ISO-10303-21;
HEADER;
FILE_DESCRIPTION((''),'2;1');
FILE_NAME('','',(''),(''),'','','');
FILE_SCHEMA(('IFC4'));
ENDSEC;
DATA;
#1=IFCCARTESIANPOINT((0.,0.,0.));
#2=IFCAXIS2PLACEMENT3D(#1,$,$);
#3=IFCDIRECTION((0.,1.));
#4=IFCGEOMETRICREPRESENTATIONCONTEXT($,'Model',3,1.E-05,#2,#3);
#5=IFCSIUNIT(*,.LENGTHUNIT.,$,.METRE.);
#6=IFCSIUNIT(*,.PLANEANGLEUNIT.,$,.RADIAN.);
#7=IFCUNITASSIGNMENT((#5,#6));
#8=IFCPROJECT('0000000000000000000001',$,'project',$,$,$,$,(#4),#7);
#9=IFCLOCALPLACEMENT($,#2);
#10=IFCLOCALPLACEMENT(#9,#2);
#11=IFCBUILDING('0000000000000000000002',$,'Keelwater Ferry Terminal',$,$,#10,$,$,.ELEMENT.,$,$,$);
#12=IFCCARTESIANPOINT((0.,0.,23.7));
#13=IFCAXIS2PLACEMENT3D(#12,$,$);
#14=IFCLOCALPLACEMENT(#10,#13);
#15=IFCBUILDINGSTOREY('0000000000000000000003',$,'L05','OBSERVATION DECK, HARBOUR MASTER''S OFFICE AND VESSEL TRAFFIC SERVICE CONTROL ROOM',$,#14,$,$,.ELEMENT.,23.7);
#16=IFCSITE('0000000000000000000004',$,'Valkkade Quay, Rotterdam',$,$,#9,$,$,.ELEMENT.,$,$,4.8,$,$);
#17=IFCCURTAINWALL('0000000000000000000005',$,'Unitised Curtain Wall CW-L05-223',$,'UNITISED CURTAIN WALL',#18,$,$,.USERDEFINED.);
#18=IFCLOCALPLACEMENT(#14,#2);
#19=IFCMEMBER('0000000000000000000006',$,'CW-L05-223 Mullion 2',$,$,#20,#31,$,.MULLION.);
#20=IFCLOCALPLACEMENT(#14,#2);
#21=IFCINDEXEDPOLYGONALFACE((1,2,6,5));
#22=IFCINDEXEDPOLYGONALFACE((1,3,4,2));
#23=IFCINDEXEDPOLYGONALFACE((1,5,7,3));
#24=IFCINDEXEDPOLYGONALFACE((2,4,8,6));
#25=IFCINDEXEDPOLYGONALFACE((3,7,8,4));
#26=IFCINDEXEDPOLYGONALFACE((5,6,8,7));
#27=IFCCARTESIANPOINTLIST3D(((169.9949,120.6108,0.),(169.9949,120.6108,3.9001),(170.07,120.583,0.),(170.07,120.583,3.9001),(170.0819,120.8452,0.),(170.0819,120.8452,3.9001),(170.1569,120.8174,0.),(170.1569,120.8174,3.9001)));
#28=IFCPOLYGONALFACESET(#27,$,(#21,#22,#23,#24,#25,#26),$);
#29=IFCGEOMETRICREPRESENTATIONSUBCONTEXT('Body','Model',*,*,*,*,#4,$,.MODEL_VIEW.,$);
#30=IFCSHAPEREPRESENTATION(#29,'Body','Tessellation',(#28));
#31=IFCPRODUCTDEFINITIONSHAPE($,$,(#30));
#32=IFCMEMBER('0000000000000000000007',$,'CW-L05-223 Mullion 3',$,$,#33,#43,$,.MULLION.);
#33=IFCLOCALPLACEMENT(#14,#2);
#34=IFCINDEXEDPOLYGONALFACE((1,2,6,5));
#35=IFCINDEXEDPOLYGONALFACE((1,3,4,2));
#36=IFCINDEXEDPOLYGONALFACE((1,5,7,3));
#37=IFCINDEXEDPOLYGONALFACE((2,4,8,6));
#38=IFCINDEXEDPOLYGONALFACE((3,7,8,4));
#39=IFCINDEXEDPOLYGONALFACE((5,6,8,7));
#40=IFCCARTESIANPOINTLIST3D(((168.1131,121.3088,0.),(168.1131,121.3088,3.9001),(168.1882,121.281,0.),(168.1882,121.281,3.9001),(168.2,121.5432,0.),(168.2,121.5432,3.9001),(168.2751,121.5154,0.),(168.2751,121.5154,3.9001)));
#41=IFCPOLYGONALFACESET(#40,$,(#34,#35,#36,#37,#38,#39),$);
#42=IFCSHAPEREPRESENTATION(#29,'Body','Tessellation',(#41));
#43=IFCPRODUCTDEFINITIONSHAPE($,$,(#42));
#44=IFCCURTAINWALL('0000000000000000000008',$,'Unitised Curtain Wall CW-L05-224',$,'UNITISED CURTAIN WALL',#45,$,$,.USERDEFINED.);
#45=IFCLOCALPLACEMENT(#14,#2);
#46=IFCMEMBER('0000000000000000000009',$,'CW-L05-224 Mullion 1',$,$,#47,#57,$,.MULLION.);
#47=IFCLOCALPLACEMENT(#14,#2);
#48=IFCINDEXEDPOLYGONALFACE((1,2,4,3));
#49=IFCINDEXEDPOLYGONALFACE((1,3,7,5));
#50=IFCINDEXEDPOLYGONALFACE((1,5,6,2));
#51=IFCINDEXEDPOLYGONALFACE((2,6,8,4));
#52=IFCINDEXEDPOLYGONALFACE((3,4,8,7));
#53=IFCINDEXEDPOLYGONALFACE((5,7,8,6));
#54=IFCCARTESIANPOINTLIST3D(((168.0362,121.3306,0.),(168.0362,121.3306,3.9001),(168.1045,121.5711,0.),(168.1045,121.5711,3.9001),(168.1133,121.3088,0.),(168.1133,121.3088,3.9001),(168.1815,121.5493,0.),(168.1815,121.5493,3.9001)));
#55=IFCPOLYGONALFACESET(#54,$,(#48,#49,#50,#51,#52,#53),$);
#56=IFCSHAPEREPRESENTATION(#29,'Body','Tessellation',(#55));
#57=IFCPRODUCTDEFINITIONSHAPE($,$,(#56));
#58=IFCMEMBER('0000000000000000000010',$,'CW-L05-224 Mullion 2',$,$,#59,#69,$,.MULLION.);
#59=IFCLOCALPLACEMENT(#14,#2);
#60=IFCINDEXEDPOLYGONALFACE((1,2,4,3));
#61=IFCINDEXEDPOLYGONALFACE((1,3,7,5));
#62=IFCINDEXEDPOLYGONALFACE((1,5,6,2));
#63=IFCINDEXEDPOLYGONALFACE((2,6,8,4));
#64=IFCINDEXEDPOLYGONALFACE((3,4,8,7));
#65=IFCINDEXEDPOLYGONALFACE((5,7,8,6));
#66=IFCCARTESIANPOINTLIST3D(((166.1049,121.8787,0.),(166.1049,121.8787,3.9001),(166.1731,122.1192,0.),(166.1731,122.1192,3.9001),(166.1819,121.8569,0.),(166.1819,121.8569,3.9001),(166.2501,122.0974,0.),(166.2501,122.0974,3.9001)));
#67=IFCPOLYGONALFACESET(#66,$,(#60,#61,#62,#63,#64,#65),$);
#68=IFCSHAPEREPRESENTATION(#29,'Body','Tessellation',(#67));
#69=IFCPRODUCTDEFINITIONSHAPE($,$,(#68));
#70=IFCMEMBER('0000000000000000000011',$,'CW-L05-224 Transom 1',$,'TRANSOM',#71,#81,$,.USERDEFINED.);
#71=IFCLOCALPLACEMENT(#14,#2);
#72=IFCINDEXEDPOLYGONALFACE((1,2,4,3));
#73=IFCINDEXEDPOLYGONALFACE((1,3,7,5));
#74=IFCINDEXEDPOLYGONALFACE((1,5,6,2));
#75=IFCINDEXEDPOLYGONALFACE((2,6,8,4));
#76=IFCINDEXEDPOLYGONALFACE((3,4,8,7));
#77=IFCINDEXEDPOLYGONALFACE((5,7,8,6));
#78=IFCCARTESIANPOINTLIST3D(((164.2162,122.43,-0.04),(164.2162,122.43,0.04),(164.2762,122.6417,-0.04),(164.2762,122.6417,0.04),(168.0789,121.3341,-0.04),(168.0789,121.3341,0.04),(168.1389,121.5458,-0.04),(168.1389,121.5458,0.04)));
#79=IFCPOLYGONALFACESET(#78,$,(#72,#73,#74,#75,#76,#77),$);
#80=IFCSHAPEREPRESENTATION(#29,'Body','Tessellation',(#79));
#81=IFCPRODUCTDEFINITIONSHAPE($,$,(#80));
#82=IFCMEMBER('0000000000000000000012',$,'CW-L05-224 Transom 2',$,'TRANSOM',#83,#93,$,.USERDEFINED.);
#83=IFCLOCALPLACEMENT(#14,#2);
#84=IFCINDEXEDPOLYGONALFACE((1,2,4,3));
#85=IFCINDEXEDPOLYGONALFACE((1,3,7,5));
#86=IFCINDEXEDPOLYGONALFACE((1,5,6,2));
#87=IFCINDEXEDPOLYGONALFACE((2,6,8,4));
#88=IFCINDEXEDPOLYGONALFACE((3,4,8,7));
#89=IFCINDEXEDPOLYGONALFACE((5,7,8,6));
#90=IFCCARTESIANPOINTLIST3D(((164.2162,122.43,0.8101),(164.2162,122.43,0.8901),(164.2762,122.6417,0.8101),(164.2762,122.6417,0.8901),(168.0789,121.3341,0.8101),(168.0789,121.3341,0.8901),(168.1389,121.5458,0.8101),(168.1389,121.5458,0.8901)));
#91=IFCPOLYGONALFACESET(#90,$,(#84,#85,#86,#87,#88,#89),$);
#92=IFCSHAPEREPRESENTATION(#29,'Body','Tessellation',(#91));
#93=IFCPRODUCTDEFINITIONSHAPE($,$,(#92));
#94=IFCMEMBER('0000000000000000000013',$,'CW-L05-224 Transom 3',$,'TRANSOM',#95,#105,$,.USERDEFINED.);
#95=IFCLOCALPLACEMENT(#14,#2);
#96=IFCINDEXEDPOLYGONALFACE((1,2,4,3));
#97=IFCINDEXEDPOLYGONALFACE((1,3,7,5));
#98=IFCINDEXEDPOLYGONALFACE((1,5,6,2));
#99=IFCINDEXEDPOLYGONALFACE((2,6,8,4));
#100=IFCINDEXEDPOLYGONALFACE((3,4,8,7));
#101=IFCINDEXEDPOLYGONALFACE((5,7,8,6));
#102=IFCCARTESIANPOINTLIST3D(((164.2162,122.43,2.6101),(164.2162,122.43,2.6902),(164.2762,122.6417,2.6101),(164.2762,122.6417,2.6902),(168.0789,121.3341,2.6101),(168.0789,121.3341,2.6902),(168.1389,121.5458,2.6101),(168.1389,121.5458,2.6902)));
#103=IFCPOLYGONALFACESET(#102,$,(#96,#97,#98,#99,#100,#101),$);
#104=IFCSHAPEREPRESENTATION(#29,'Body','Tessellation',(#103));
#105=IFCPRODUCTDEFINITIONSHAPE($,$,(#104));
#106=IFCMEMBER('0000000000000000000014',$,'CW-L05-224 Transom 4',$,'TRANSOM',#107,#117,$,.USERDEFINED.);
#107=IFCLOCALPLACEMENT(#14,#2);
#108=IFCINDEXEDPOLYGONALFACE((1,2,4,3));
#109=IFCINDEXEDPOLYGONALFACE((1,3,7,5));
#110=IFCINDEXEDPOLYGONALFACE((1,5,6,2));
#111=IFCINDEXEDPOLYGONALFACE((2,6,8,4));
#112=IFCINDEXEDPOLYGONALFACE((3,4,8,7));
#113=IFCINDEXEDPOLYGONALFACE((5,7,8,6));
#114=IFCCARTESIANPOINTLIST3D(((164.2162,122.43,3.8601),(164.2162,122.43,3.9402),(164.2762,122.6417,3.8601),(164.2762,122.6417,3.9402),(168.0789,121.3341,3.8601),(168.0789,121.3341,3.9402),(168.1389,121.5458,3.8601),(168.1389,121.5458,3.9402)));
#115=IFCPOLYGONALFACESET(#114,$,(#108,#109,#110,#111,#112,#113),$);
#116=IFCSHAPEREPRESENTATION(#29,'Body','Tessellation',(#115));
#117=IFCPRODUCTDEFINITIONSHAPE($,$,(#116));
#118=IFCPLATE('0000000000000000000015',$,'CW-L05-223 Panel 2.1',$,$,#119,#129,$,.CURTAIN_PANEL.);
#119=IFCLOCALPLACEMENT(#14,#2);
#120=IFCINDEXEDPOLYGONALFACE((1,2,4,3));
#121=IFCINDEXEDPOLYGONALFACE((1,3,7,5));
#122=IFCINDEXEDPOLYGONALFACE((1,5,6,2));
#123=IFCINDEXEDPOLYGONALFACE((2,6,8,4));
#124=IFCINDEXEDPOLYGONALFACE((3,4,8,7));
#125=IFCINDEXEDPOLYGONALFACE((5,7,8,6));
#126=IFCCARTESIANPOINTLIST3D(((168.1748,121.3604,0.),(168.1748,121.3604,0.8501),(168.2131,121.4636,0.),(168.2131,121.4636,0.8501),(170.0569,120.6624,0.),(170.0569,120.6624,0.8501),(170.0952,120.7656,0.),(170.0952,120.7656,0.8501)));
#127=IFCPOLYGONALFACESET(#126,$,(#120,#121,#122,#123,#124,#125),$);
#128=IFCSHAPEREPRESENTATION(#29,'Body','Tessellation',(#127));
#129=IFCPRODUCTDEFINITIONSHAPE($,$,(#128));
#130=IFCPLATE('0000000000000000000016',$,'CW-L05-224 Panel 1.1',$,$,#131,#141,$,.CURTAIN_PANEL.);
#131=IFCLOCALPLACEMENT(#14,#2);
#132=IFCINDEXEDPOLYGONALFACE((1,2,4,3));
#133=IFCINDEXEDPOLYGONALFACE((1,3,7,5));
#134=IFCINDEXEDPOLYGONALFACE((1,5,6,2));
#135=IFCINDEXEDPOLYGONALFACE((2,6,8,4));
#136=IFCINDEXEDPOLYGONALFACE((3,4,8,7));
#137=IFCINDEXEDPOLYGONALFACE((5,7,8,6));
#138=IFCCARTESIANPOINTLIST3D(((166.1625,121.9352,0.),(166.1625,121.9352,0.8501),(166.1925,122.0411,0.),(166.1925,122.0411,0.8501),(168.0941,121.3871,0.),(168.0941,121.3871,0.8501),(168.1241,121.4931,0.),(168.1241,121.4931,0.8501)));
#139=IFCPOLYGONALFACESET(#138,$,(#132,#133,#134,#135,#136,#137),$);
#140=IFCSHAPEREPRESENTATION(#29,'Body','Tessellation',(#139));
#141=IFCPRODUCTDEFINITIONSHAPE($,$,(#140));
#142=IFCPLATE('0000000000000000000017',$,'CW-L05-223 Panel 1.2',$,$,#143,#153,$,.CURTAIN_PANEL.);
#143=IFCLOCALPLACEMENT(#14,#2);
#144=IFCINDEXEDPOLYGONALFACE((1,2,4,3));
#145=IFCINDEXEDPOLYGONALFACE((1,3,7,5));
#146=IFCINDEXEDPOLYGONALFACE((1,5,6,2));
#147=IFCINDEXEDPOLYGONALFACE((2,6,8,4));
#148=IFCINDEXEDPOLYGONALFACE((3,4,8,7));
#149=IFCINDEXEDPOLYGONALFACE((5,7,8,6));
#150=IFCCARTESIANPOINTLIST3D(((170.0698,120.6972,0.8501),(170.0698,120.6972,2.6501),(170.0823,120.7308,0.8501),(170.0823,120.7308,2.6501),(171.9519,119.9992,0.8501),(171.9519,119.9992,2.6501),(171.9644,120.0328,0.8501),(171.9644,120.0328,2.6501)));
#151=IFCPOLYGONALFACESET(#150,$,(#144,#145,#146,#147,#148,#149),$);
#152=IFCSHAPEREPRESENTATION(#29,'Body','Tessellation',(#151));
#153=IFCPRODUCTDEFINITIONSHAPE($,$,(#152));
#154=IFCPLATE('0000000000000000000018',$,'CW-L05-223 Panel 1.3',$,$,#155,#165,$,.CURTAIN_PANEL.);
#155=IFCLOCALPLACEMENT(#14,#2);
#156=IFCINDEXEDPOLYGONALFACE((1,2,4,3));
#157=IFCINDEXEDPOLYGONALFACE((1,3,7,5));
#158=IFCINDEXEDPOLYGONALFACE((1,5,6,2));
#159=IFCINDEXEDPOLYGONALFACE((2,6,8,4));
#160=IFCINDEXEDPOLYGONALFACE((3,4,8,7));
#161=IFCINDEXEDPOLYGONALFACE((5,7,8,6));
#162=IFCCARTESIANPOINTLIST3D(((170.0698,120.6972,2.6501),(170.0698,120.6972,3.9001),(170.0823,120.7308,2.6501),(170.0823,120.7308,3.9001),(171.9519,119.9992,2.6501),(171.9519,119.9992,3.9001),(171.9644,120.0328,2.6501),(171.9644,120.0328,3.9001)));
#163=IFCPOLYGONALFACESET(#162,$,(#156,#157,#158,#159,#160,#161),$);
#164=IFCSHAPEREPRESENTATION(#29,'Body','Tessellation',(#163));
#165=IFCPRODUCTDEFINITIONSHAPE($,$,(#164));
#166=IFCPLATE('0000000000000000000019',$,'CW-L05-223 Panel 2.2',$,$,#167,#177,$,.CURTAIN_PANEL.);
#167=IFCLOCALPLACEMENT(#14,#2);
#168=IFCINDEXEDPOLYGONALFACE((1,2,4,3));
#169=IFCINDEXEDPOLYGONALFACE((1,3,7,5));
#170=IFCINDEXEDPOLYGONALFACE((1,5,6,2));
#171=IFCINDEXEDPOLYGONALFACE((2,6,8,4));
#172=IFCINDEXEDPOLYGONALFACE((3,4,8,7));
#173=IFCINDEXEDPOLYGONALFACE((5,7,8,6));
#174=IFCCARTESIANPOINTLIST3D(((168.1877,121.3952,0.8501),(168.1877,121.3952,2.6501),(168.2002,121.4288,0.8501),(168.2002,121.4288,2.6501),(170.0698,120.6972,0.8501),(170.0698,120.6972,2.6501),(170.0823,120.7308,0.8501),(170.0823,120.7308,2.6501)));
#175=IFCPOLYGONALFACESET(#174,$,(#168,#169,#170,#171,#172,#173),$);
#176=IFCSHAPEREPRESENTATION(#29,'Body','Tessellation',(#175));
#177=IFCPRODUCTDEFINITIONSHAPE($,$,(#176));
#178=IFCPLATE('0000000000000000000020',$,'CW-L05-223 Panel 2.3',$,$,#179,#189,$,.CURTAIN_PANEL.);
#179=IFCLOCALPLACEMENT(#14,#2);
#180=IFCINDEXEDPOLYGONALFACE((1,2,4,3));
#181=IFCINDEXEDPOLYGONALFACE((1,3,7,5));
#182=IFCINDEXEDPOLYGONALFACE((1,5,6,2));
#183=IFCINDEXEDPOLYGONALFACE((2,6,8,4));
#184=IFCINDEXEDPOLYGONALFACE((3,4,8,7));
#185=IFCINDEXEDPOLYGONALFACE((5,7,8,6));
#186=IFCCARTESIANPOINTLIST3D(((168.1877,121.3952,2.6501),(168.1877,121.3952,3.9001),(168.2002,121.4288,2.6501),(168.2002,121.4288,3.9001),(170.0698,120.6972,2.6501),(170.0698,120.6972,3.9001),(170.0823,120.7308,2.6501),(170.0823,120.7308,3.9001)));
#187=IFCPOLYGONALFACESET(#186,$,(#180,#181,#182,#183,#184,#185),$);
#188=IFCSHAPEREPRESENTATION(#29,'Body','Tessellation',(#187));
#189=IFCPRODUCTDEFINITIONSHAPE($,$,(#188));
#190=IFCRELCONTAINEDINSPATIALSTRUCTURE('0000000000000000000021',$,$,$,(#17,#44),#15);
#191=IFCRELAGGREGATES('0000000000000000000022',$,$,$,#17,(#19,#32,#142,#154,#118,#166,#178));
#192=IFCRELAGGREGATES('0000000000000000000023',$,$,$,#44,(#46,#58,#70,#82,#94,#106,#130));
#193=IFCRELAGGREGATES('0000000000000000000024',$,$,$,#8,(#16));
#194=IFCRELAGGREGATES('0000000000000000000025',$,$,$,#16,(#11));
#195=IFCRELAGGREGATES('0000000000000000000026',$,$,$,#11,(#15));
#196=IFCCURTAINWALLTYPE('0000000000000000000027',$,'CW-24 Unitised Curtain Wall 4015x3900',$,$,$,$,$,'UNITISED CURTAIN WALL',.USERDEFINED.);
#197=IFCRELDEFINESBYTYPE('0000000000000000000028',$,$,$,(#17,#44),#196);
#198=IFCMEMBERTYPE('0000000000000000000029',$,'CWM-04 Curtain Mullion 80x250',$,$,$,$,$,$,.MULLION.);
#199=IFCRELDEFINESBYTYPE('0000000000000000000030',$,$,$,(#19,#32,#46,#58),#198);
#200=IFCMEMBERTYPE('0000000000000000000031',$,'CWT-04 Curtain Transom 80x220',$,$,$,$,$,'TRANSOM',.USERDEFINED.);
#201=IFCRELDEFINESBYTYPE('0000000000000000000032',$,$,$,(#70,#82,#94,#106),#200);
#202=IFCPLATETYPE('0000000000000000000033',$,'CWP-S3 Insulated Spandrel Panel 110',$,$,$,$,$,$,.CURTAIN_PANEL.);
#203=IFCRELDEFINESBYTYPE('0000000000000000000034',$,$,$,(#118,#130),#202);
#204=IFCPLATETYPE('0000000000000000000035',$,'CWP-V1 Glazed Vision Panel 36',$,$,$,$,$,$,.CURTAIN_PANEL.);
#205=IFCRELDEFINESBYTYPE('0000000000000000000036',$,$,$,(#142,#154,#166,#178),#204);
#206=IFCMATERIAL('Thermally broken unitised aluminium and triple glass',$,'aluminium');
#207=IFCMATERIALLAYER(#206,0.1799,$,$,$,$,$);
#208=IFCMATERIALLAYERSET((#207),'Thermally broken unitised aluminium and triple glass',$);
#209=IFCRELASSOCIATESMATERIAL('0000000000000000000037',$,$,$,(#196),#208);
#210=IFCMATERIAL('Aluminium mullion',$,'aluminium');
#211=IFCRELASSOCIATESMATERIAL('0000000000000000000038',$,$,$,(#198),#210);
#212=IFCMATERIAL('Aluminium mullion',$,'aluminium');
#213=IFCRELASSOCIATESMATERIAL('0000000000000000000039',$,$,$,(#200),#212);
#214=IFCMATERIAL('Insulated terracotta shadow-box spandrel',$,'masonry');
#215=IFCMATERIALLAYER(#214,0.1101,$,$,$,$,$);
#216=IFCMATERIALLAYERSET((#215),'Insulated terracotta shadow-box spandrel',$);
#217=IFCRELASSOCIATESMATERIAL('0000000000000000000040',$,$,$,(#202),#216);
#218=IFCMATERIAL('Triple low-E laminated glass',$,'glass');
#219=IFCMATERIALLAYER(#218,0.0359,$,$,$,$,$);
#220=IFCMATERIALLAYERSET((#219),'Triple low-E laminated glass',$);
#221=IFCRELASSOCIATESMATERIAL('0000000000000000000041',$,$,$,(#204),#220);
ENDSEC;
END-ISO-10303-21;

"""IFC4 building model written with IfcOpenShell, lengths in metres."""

from ifc_helpers import new_model, si_unit, direction, frame, origin, origin_2d, place, context, subcontext, project, spatial, rectangle, extrude, material, layer, layer_set, material_profile, profile_set, type_object, element, aggregate, save


model = new_model("IFC4")

# Units and contexts
model_context = context("Model", 3, precision=1e-05, world=origin(), true_north=direction((0.0, 1.0)))
body_context = subcontext(model_context, "Body", "Model", "MODEL_VIEW")
ifc_project = project(units=[si_unit("LENGTHUNIT", "METRE"), si_unit("PLANEANGLEUNIT", "RADIAN")], contexts=[model_context])

# Site, building, storey
site_placement = place(None, origin())
site = spatial("IfcSite", under=ifc_project, at=site_placement, Name="Valkkade Quay, Rotterdam", CompositionType="ELEMENT", RefElevation=4.8)
building_placement = place(site_placement, origin())
building = spatial("IfcBuilding", under=site, at=building_placement, Name="Keelwater Ferry Terminal", CompositionType="ELEMENT")
storey_placement = place(building_placement, frame((0.0, 0.0, 23.7)))
storey = spatial("IfcBuildingStorey", under=building, at=storey_placement, Name="L05", Description="OBSERVATION DECK, HARBOUR MASTER'S OFFICE AND VESSEL TRAFFIC SERVICE CONTROL ROOM", CompositionType="ELEMENT", Elevation=23.7)

# Curtain walls, members
ifc_material_1 = material(Name="Thermally broken unitised aluminium and triple glass", Category="aluminium")
ifc_layer_1 = layer(ifc_material_1, 0.1799)
ifc_layer_set_1 = layer_set([ifc_layer_1], Name="Thermally broken unitised aluminium and triple glass")
curtain_wall_type = type_object("IfcCurtainWallType", Name="CW-24 Unitised Curtain Wall 4015x3900", ElementType="UNITISED CURTAIN WALL", PredefinedType="USERDEFINED", material=ifc_layer_set_1)
curtain_wall_1_placement = place(storey_placement, origin())
curtain_wall_1 = element("IfcCurtainWall", 1, at=curtain_wall_1_placement, inside=storey, type_object=curtain_wall_type, Name="Unitised Curtain Wall CW-L05-223", ObjectType="UNITISED CURTAIN WALL", PredefinedType="USERDEFINED")
ifc_material_2 = material(Name="Aluminium mullion", Category="aluminium")
ifc_material_profile_1 = material_profile(ifc_material_2, rectangle(XDim=0.0801, YDim=0.25, at=origin_2d()), Name="CWM-04")
ifc_profile_set_1 = profile_set([ifc_material_profile_1], Name="Aluminium mullion")
member_type_1 = type_object("IfcMemberType", Name="CWM-04 Curtain Mullion 80x250", PredefinedType="MULLION", material=ifc_profile_set_1)
member_1_placement = place(storey_placement, frame((170.0759, 120.7141, 0.0), z_axis=(0.0, 0.0, 1.0), x_axis=(-0.937592, 0.347736, 0.0)))
member_1 = element("IfcMember", 2, at=member_1_placement, type_object=member_type_1, Name="CW-L05-223 Mullion 2", PredefinedType="MULLION", context=body_context, shape_type="SweptSolid", body=[
    extrude(rectangle(XDim=0.0801, YDim=0.25, at=origin_2d()), origin(), (0.0, 0.0, 1.0), 3.9001),
])
member_2_placement = place(storey_placement, frame((168.1941, 121.4121, 0.0), z_axis=(0.0, 0.0, 1.0), x_axis=(-0.937592, 0.347736, 0.0)))
member_2 = element("IfcMember", 3, at=member_2_placement, type_object=member_type_1, Name="CW-L05-223 Mullion 3", PredefinedType="MULLION", context=body_context, shape_type="SweptSolid", body=[
    extrude(rectangle(XDim=0.0801, YDim=0.25, at=origin_2d()), origin(), (0.0, 0.0, 1.0), 3.9001),
])
curtain_wall_2_placement = place(storey_placement, origin())
curtain_wall_2 = element("IfcCurtainWall", 4, at=curtain_wall_2_placement, inside=storey, type_object=curtain_wall_type, Name="Unitised Curtain Wall CW-L05-224", ObjectType="UNITISED CURTAIN WALL", PredefinedType="USERDEFINED")
member_3_placement = place(storey_placement, frame((168.1089, 121.4399, 0.0), z_axis=(0.0, 0.0, 1.0), x_axis=(-0.96203, 0.272945, 0.0)))
member_3 = element("IfcMember", 5, at=member_3_placement, type_object=member_type_1, Name="CW-L05-224 Mullion 1", PredefinedType="MULLION", context=body_context, shape_type="SweptSolid", body=[
    extrude(rectangle(XDim=0.0801, YDim=0.25, at=origin_2d()), origin(), (0.0, 0.0, 1.0), 3.9001),
])
member_4_placement = place(storey_placement, frame((166.1775, 121.988, 0.0), z_axis=(0.0, 0.0, 1.0), x_axis=(-0.96203, 0.272945, 0.0)))
member_4 = element("IfcMember", 6, at=member_4_placement, type_object=member_type_1, Name="CW-L05-224 Mullion 2", PredefinedType="MULLION", context=body_context, shape_type="SweptSolid", body=[
    extrude(rectangle(XDim=0.0801, YDim=0.25, at=origin_2d()), origin(), (0.0, 0.0, 1.0), 3.9001),
])
ifc_material_3 = material(Name="Aluminium mullion", Category="aluminium")
ifc_material_profile_2 = material_profile(ifc_material_3, rectangle(XDim=0.22, YDim=0.0801, at=origin_2d()), Name="CWT-04")
ifc_profile_set_2 = profile_set([ifc_material_profile_2], Name="Aluminium mullion")
member_type_2 = type_object("IfcMemberType", Name="CWT-04 Curtain Transom 80x220", ElementType="TRANSOM", PredefinedType="USERDEFINED", material=ifc_profile_set_2)
member_5_placement = place(storey_placement, frame((168.1089, 121.4399, 0.0), z_axis=(-0.962029, 0.272946, 0.0), x_axis=(-0.272946, -0.962029, 0.0)))
member_5 = element("IfcMember", 7, at=member_5_placement, type_object=member_type_2, Name="CW-L05-224 Transom 1", ObjectType="TRANSOM", PredefinedType="USERDEFINED", context=body_context, shape_type="SweptSolid", body=[
    extrude(rectangle(XDim=0.22, YDim=0.0801, at=origin_2d()), origin(), (0.0, 0.0, 1.0), 4.0151),
])
member_6_placement = place(storey_placement, frame((168.1089, 121.4399, 0.8501), z_axis=(-0.962029, 0.272946, 0.0), x_axis=(-0.272946, -0.962029, 0.0)))
member_6 = element("IfcMember", 8, at=member_6_placement, type_object=member_type_2, Name="CW-L05-224 Transom 2", ObjectType="TRANSOM", PredefinedType="USERDEFINED", context=body_context, shape_type="SweptSolid", body=[
    extrude(rectangle(XDim=0.22, YDim=0.0801, at=origin_2d()), origin(), (0.0, 0.0, 1.0), 4.0151),
])
member_7_placement = place(storey_placement, frame((168.1089, 121.4399, 2.6501), z_axis=(-0.962029, 0.272946, 0.0), x_axis=(-0.272946, -0.962029, 0.0)))
member_7 = element("IfcMember", 9, at=member_7_placement, type_object=member_type_2, Name="CW-L05-224 Transom 3", ObjectType="TRANSOM", PredefinedType="USERDEFINED", context=body_context, shape_type="SweptSolid", body=[
    extrude(rectangle(XDim=0.22, YDim=0.0801, at=origin_2d()), origin(), (0.0, 0.0, 1.0), 4.0151),
])
member_8_placement = place(storey_placement, frame((168.1089, 121.4399, 3.9001), z_axis=(-0.962029, 0.272946, 0.0), x_axis=(-0.272946, -0.962029, 0.0)))
member_8 = element("IfcMember", 10, at=member_8_placement, type_object=member_type_2, Name="CW-L05-224 Transom 4", ObjectType="TRANSOM", PredefinedType="USERDEFINED", context=body_context, shape_type="SweptSolid", body=[
    extrude(rectangle(XDim=0.22, YDim=0.0801, at=origin_2d()), origin(), (0.0, 0.0, 1.0), 4.0151),
])

# Plates
ifc_material_4 = material(Name="Insulated terracotta shadow-box spandrel", Category="masonry")
ifc_layer_2 = layer(ifc_material_4, 0.1101)
ifc_layer_set_2 = layer_set([ifc_layer_2], Name="Insulated terracotta shadow-box spandrel")
plate_type_1 = type_object("IfcPlateType", Name="CWP-S3 Insulated Spandrel Panel 110", PredefinedType="CURTAIN_PANEL", material=ifc_layer_set_2)
plate_1_placement = place(storey_placement, frame((169.135, 121.063, 0.0), z_axis=(0.0, 0.0, 1.0), x_axis=(-0.937592, 0.347736, 0.0)))
plate_1 = element("IfcPlate", 11, at=plate_1_placement, type_object=plate_type_1, Name="CW-L05-223 Panel 2.1", PredefinedType="CURTAIN_PANEL", context=body_context, shape_type="SweptSolid", body=[
    extrude(rectangle(XDim=2.0073, YDim=0.1101, at=origin_2d()), origin(), (0.0, 0.0, 1.0), 0.8501),
])
plate_2_placement = place(storey_placement, frame((167.1433, 121.7141, 0.0), z_axis=(0.0, 0.0, 1.0), x_axis=(-0.96203, 0.272945, 0.0)))
plate_2 = element("IfcPlate", 12, at=plate_2_placement, type_object=plate_type_1, Name="CW-L05-224 Panel 1.1", PredefinedType="CURTAIN_PANEL", context=body_context, shape_type="SweptSolid", body=[
    extrude(rectangle(XDim=2.0078, YDim=0.1101, at=origin_2d()), origin(), (0.0, 0.0, 1.0), 0.8501),
])
ifc_material_5 = material(Name="Triple low-E laminated glass", Category="glass")
ifc_layer_3 = layer(ifc_material_5, 0.0359)
ifc_layer_set_3 = layer_set([ifc_layer_3], Name="Triple low-E laminated glass")
plate_type_2 = type_object("IfcPlateType", Name="CWP-V1 Glazed Vision Panel 36", PredefinedType="CURTAIN_PANEL", material=ifc_layer_set_3)
plate_3_placement = place(storey_placement, frame((171.0171, 120.365, 0.8501), z_axis=(0.0, 0.0, 1.0), x_axis=(-0.937592, 0.347736, 0.0)))
plate_3 = element("IfcPlate", 13, at=plate_3_placement, type_object=plate_type_2, Name="CW-L05-223 Panel 1.2", PredefinedType="CURTAIN_PANEL", context=body_context, shape_type="SweptSolid", body=[
    extrude(rectangle(XDim=2.0073, YDim=0.0359, at=origin_2d()), origin(), (0.0, 0.0, 1.0), 1.8),
])
plate_4_placement = place(storey_placement, frame((171.0171, 120.365, 2.6501), z_axis=(0.0, 0.0, 1.0), x_axis=(-0.937592, 0.347736, 0.0)))
plate_4 = element("IfcPlate", 14, at=plate_4_placement, type_object=plate_type_2, Name="CW-L05-223 Panel 1.3", PredefinedType="CURTAIN_PANEL", context=body_context, shape_type="SweptSolid", body=[
    extrude(rectangle(XDim=2.0073, YDim=0.0359, at=origin_2d()), origin(), (0.0, 0.0, 1.0), 1.25),
])
plate_5_placement = place(storey_placement, frame((169.135, 121.063, 0.8501), z_axis=(0.0, 0.0, 1.0), x_axis=(-0.937592, 0.347736, 0.0)))
plate_5 = element("IfcPlate", 15, at=plate_5_placement, type_object=plate_type_2, Name="CW-L05-223 Panel 2.2", PredefinedType="CURTAIN_PANEL", context=body_context, shape_type="SweptSolid", body=[
    extrude(rectangle(XDim=2.0073, YDim=0.0359, at=origin_2d()), origin(), (0.0, 0.0, 1.0), 1.8),
])
plate_6_placement = place(storey_placement, frame((169.135, 121.063, 2.6501), z_axis=(0.0, 0.0, 1.0), x_axis=(-0.937592, 0.347736, 0.0)))
plate_6 = element("IfcPlate", 16, at=plate_6_placement, type_object=plate_type_2, Name="CW-L05-223 Panel 2.3", PredefinedType="CURTAIN_PANEL", context=body_context, shape_type="SweptSolid", body=[
    extrude(rectangle(XDim=2.0073, YDim=0.0359, at=origin_2d()), origin(), (0.0, 0.0, 1.0), 1.25),
])
aggregate(curtain_wall_1, [member_1, member_2, plate_3, plate_4, plate_1, plate_5, plate_6])
aggregate(curtain_wall_2, [member_3, member_4, member_5, member_6, member_7, member_8, plate_2])

save(model, "model.ifc")
